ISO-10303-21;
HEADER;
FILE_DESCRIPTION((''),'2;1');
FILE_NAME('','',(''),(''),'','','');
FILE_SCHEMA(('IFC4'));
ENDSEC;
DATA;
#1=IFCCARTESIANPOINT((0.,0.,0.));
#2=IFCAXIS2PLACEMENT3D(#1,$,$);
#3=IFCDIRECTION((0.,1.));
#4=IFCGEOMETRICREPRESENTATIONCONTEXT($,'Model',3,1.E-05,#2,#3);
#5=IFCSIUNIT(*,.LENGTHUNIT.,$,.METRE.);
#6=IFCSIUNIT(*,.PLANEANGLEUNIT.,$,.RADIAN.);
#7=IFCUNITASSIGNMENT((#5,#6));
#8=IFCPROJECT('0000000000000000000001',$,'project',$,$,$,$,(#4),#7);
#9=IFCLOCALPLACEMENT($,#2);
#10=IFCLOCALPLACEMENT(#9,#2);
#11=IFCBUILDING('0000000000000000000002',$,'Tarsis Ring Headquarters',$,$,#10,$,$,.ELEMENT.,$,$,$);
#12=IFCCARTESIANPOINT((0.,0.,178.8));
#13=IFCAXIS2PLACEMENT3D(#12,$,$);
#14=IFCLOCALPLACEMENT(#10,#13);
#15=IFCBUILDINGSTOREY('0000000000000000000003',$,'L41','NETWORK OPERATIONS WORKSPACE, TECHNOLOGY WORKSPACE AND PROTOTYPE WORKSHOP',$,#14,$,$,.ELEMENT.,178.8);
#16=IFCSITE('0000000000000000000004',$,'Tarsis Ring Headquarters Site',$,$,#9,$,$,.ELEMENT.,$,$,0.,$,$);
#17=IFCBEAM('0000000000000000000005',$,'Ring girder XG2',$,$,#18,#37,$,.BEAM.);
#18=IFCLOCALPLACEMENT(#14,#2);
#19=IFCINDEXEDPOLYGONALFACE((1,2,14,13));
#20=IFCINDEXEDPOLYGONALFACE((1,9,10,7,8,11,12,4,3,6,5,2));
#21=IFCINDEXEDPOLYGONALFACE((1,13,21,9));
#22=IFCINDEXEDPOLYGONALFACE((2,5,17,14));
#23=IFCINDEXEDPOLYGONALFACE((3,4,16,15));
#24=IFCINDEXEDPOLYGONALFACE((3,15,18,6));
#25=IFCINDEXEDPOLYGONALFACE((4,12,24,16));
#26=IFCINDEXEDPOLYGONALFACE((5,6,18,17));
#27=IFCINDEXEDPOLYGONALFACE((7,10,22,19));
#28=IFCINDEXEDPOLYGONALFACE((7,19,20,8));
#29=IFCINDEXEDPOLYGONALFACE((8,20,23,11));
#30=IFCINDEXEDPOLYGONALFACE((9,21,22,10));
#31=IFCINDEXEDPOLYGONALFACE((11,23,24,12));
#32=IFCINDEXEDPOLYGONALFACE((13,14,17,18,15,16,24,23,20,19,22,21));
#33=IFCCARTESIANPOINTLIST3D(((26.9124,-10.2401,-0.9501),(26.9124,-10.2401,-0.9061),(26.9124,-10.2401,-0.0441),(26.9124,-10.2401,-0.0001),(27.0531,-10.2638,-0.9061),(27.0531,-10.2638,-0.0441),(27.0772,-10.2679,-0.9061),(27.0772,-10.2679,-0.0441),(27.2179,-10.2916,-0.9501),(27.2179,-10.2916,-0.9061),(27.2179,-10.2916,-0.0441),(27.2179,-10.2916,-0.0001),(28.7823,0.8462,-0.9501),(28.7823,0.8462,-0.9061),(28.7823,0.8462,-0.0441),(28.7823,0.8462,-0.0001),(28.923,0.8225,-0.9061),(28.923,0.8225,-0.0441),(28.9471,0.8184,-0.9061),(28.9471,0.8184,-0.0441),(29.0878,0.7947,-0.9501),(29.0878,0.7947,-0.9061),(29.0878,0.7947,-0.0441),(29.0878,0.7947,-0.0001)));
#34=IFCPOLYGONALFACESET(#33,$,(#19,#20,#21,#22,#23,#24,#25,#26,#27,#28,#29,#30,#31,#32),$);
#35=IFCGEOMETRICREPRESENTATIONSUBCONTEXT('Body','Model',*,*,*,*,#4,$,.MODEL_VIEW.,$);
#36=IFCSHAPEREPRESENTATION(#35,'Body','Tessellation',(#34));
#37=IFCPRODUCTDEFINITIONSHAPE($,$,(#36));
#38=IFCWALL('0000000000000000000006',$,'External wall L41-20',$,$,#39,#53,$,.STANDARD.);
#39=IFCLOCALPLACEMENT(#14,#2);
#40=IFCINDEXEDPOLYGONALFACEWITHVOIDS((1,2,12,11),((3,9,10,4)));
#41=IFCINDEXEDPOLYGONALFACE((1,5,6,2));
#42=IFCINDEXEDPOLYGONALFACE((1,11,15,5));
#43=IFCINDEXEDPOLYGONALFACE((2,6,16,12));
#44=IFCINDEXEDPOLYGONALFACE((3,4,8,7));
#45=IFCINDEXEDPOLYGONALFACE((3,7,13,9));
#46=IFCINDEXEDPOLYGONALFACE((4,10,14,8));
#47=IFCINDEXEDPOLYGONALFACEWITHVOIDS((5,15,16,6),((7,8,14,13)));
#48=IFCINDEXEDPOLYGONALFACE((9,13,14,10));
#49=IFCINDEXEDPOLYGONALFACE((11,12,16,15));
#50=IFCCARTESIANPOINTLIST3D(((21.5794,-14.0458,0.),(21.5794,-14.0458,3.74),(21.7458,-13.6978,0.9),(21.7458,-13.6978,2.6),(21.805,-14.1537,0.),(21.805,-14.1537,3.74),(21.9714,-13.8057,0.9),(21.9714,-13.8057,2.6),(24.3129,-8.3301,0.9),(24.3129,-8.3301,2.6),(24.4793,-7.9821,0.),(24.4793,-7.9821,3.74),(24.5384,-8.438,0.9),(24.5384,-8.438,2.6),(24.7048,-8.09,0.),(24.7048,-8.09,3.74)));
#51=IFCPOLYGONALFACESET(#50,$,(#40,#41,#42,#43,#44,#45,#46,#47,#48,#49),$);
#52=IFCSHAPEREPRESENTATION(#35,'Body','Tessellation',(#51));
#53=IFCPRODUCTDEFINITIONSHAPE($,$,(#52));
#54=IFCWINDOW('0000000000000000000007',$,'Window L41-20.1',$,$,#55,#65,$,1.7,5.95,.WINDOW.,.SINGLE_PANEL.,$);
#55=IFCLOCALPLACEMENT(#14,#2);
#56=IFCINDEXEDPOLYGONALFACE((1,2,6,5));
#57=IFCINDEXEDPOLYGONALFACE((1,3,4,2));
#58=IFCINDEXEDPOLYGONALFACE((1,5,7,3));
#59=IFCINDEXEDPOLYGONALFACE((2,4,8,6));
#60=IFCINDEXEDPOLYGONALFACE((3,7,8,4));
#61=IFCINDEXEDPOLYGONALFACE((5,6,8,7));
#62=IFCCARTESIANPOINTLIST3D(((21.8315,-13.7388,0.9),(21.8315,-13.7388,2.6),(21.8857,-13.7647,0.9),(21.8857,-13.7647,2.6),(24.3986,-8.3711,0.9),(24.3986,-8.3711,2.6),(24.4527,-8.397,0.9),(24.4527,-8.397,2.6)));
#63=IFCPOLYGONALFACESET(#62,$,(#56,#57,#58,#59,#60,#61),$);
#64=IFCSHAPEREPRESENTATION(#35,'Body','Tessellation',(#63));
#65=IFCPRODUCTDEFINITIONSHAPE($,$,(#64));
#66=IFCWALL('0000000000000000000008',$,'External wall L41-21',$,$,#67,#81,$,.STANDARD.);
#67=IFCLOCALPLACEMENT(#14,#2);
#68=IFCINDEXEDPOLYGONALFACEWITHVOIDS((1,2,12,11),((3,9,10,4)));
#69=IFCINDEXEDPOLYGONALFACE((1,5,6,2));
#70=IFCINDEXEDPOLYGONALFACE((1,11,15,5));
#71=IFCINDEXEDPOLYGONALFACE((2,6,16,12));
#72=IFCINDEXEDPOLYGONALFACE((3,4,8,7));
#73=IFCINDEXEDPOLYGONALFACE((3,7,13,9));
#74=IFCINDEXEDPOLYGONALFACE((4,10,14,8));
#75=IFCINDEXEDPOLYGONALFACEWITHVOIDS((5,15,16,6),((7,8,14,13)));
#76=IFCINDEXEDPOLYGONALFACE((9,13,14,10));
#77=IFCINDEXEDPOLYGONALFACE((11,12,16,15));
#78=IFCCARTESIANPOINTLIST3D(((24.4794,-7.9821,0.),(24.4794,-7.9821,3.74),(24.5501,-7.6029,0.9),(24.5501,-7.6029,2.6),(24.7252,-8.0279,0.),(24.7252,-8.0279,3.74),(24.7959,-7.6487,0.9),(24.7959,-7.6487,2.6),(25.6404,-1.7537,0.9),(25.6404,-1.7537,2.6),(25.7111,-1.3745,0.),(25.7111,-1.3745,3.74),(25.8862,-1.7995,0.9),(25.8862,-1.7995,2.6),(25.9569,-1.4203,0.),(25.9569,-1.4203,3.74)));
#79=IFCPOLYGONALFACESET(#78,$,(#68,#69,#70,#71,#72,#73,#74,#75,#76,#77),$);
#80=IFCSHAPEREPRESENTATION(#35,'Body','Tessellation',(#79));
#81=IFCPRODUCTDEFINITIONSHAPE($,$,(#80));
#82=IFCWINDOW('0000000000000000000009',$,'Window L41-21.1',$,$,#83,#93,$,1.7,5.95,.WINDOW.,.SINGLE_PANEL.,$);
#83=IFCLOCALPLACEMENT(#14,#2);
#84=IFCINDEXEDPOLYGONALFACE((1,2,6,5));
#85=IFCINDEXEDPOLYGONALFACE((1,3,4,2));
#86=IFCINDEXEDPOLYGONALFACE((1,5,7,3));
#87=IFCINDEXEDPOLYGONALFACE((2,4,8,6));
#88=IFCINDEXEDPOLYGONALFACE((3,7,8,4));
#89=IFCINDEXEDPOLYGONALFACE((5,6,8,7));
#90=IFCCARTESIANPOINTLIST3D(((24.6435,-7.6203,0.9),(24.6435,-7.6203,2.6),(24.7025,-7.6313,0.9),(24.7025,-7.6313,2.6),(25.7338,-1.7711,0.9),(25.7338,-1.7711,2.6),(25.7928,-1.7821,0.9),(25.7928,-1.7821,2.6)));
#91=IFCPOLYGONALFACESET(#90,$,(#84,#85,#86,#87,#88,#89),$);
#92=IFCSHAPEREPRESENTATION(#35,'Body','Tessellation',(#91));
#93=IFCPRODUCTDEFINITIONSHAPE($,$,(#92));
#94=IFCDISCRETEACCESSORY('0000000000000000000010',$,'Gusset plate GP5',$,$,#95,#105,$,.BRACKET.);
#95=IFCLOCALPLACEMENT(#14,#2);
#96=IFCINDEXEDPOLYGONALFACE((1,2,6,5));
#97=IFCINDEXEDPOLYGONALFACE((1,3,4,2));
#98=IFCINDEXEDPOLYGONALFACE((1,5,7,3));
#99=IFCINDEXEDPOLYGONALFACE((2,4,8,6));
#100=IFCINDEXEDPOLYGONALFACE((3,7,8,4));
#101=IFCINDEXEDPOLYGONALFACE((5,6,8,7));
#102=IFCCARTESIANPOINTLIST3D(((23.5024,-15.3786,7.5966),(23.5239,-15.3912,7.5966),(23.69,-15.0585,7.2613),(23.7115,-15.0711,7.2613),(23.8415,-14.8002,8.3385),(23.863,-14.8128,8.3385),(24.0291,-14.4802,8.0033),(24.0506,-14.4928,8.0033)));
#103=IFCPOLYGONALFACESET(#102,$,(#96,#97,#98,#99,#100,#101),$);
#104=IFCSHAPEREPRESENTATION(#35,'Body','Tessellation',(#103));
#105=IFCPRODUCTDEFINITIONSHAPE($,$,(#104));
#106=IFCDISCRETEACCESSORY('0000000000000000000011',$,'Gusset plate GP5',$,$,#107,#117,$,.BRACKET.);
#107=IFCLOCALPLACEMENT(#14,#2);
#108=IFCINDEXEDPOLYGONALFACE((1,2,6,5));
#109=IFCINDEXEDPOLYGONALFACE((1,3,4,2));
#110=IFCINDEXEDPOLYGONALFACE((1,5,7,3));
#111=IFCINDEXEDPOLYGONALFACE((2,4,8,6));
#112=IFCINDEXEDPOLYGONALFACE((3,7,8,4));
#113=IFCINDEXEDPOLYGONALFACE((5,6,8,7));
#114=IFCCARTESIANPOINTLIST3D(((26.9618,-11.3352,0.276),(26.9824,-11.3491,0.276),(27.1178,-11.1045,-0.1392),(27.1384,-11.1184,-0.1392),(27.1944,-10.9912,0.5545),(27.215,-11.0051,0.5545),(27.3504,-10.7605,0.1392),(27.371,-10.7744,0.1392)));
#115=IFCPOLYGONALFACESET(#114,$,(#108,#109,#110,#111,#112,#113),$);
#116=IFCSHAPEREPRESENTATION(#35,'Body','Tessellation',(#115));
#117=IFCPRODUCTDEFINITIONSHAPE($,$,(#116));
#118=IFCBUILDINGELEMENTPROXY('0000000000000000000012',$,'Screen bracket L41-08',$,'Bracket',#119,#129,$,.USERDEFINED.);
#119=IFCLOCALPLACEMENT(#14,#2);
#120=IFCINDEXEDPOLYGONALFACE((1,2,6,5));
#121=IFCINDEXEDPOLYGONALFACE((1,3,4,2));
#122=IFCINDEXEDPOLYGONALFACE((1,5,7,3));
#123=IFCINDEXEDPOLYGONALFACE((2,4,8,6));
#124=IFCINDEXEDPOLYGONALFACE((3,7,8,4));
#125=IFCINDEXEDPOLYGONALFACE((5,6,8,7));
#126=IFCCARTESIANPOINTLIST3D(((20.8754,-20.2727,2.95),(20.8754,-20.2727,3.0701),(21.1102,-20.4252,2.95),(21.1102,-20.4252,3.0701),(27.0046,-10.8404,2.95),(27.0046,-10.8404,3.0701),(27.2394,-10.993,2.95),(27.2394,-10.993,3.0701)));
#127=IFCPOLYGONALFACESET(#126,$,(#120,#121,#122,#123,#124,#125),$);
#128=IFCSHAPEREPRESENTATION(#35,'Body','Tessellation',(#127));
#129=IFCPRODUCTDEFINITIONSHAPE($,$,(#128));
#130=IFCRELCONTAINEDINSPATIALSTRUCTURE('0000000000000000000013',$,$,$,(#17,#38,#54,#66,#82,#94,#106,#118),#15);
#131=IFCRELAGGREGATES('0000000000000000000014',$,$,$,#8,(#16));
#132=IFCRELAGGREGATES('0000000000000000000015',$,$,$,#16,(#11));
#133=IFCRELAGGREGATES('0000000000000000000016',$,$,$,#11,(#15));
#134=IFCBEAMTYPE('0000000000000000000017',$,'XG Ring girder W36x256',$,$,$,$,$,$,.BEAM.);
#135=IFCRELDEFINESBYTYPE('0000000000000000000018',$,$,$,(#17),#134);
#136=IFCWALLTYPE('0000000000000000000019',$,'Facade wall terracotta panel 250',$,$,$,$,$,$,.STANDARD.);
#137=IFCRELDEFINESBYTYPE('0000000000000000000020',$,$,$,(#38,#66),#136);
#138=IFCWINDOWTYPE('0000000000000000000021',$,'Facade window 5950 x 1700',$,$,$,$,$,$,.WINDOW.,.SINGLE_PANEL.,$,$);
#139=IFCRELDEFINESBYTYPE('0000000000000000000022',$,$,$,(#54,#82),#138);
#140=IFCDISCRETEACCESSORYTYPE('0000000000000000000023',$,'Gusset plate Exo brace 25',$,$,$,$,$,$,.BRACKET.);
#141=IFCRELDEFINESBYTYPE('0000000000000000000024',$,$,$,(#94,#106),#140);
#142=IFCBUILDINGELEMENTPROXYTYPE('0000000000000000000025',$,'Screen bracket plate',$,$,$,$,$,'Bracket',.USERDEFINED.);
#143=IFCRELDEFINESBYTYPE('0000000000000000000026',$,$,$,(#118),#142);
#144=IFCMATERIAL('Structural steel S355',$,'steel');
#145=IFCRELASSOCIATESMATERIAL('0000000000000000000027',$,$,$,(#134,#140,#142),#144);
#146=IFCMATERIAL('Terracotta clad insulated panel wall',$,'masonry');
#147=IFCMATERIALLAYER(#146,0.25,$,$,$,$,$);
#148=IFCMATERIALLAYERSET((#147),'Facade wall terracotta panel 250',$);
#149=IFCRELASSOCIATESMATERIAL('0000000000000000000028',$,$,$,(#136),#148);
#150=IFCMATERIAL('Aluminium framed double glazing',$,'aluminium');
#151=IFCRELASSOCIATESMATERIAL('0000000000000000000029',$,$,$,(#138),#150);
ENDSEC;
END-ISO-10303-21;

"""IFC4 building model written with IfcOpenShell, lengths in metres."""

from ifc_helpers import new_model, si_unit, direction, frame, frame_2d, origin, origin_2d, place, context, subcontext, project, spatial, rectangle, i_section, extrude, material, layer, layer_set, material_profile, profile_set, type_object, element, fill, save


model = new_model("IFC4")

# Units and contexts
model_context = context("Model", 3, precision=1e-05, world=origin(), true_north=direction((0.0, 1.0)))
body_context = subcontext(model_context, "Body", "Model", "MODEL_VIEW")
ifc_project = project(units=[si_unit("LENGTHUNIT", "METRE"), si_unit("PLANEANGLEUNIT", "RADIAN")], contexts=[model_context])

# Site, building, storey
site_placement = place(None, origin())
site = spatial("IfcSite", under=ifc_project, at=site_placement, Name="Tarsis Ring Headquarters Site", CompositionType="ELEMENT", RefElevation=0.0)
building_placement = place(site_placement, origin())
building = spatial("IfcBuilding", under=site, at=building_placement, Name="Tarsis Ring Headquarters", CompositionType="ELEMENT")
storey_placement = place(building_placement, frame((0.0, 0.0, 178.8)))
storey = spatial("IfcBuildingStorey", under=building, at=storey_placement, Name="L41", Description="NETWORK OPERATIONS WORKSPACE, TECHNOLOGY WORKSPACE AND PROTOTYPE WORKSHOP", CompositionType="ELEMENT", Elevation=178.8)

# Shared definitions
ifc_material_1 = material(Name="Structural steel S355", Category="steel")

# Beam
ifc_material_profile_1 = material_profile(ifc_material_1, i_section(OverallWidth=0.3098, OverallDepth=0.95, WebThickness=0.0244, FlangeThickness=0.0439, at=origin_2d()), Name="W36x256")
ifc_profile_set_1 = profile_set([ifc_material_profile_1], Name="Structural steel S355")
beam_type = type_object("IfcBeamType", Name="XG Ring girder W36x256", PredefinedType="BEAM", material=ifc_profile_set_1)
beam_1_placement = place(storey_placement, frame((27.0652, -10.2659, -0.4751), z_axis=(0.166314, 0.986073, 0.0), x_axis=(-0.986073, 0.166314, 0.0)))
element("IfcBeam", 1, at=beam_1_placement, inside=storey, type_object=beam_type, Name="Ring girder XG2", PredefinedType="BEAM", context=body_context, shape_type="SweptSolid", body=[
    extrude(i_section(OverallWidth=0.3098, OverallDepth=0.95, WebThickness=0.0244, FlangeThickness=0.0439, at=origin_2d()), origin(), (0.0, 0.0, 1.0), 11.2429),
])

# Walls, openings, windows
ifc_material_2 = material(Name="Terracotta clad insulated panel wall", Category="masonry")
ifc_layer = layer(ifc_material_2, 0.25)
ifc_layer_set = layer_set([ifc_layer], Name="Facade wall terracotta panel 250")
wall_type = type_object("IfcWallType", Name="Facade wall terracotta panel 250", PredefinedType="STANDARD", material=ifc_layer_set)
wall_1_placement = place(storey_placement, frame((21.6921, -14.0999, 0.0), z_axis=(0.0, 0.0, 1.0), x_axis=(0.431439, 0.902142, 0.0)))
wall_1 = element("IfcWall", 2, at=wall_1_placement, inside=storey, type_object=wall_type, Name="External wall L41-20", PredefinedType="STANDARD", context=body_context, shape_type="SweptSolid", body=[
    extrude(rectangle(XDim=6.7214, YDim=0.25, at=frame_2d((3.3608, 0.0))), origin(), (0.0, 0.0, 1.0), 3.74),
])
opening_1_placement = place(wall_1_placement, frame((0.3857, 0.0, 0.8999)))
opening_1 = element("IfcOpeningElement", 3, at=opening_1_placement, cuts=wall_1, PredefinedType="OPENING", context=body_context, shape_type="SweptSolid", body=[
    extrude(rectangle(XDim=5.95, YDim=1.7, at=frame_2d((2.9751, 0.8501))), frame((0.0, 0.135, 0.0), z_axis=(0.0, -1.0, 0.0), x_axis=(1.0, 0.0, 0.0)), (0.0, 0.0, 1.0), 0.27),
])
ifc_material_3 = material(Name="Aluminium framed double glazing", Category="aluminium")
window_type = type_object("IfcWindowType", Name="Facade window 5950 x 1700", PartitioningType="SINGLE_PANEL", PredefinedType="WINDOW", material=ifc_material_3)
window_1_placement = place(opening_1_placement, origin())
window_1 = element("IfcWindow", 4, at=window_1_placement, inside=storey, type_object=window_type, Name="Window L41-20.1", OverallHeight=1.7, OverallWidth=5.95, PartitioningType="SINGLE_PANEL", PredefinedType="WINDOW", context=body_context, shape_type="SweptSolid", body=[
    extrude(rectangle(XDim=5.95, YDim=1.7, at=frame_2d((2.9751, 0.8501))), frame((0.0, 0.03, 0.0), z_axis=(0.0, -1.0, 0.0), x_axis=(1.0, 0.0, 0.0)), (0.0, 0.0, 1.0), 0.0601),
])
fill(opening_1, window_1)
wall_2_placement = place(storey_placement, frame((24.6023, -8.0051, 0.0), z_axis=(0.0, 0.0, 1.0), x_axis=(0.183247, 0.983067, 0.0)))
wall_2 = element("IfcWall", 5, at=wall_2_placement, inside=storey, type_object=wall_type, Name="External wall L41-21", PredefinedType="STANDARD", context=body_context, shape_type="SweptSolid", body=[
    extrude(rectangle(XDim=6.7214, YDim=0.25, at=frame_2d((3.3608, 0.0))), origin(), (0.0, 0.0, 1.0), 3.74),
])
opening_2_placement = place(wall_2_placement, frame((0.3857, 0.0, 0.8999)))
opening_2 = element("IfcOpeningElement", 6, at=opening_2_placement, cuts=wall_2, PredefinedType="OPENING", context=body_context, shape_type="SweptSolid", body=[
    extrude(rectangle(XDim=5.95, YDim=1.7, at=frame_2d((2.9751, 0.8501))), frame((0.0, 0.135, 0.0), z_axis=(0.0, -1.0, 0.0), x_axis=(1.0, 0.0, 0.0)), (0.0, 0.0, 1.0), 0.27),
])
window_2_placement = place(opening_2_placement, origin())
window_2 = element("IfcWindow", 7, at=window_2_placement, inside=storey, type_object=window_type, Name="Window L41-21.1", OverallHeight=1.7, OverallWidth=5.95, PartitioningType="SINGLE_PANEL", PredefinedType="WINDOW", context=body_context, shape_type="SweptSolid", body=[
    extrude(rectangle(XDim=5.95, YDim=1.7, at=frame_2d((2.9751, 0.8501))), frame((0.0, 0.03, 0.0), z_axis=(0.0, -1.0, 0.0), x_axis=(1.0, 0.0, 0.0)), (0.0, 0.0, 1.0), 0.0601),
])
fill(opening_2, window_2)

# Discrete accessories
ifc_material_profile_2 = material_profile(ifc_material_1, rectangle(XDim=0.0249, YDim=0.5, at=origin_2d()), Name="PL 25x500")
ifc_profile_set_2 = profile_set([ifc_material_profile_2], Name="Structural steel S355")
discrete_accessory_type = type_object("IfcDiscreteAccessoryType", Name="Gusset plate Exo brace 25", PredefinedType="BRACKET", material=ifc_profile_set_2)
discrete_accessory_1_placement = place(storey_placement, frame((23.6069, -15.2249, 7.429), z_axis=(0.339113, 0.578373, 0.741948), x_axis=(-0.862654, 0.505794, 0.0)))
element("IfcDiscreteAccessory", 8, at=discrete_accessory_1_placement, inside=storey, type_object=discrete_accessory_type, Name="Gusset plate GP5", PredefinedType="BRACKET", context=body_context, shape_type="SweptSolid", body=[
    extrude(rectangle(XDim=0.0249, YDim=0.5, at=origin_2d()), origin(), (0.0, 0.0, 1.0), 1.0),
])
discrete_accessory_2_placement = place(storey_placement, frame((27.2444, -10.9395, 0.0), z_axis=(-0.311995, -0.461401, 0.830523), x_axis=(0.828391, -0.56015, 0.0)))
element("IfcDiscreteAccessory", 9, at=discrete_accessory_2_placement, inside=storey, type_object=discrete_accessory_type, Name="Gusset plate GP5", PredefinedType="BRACKET", context=body_context, shape_type="SweptSolid", body=[
    extrude(rectangle(XDim=0.0249, YDim=0.5, at=origin_2d()), origin(), (0.0, 0.0, 1.0), 0.5),
])

# Building element proxy
building_element_proxy_type = type_object("IfcBuildingElementProxyType", Name="Screen bracket plate", ElementType="Bracket", PredefinedType="USERDEFINED", material=ifc_material_1)
proxy_placement = place(storey_placement, frame((24.0574, -15.6328, 2.95), z_axis=(0.0, 0.0, 1.0), x_axis=(0.544877, 0.838516, 0.0)))
element("IfcBuildingElementProxy", 10, at=proxy_placement, inside=storey, type_object=building_element_proxy_type, Name="Screen bracket L41-08", ObjectType="Bracket", PredefinedType="USERDEFINED", context=body_context, shape_type="SweptSolid", body=[
    extrude(rectangle(XDim=11.2488, YDim=0.28, at=origin_2d()), origin(), (0.0, 0.0, 1.0), 0.1201),
])

save(model, "model.ifc")
